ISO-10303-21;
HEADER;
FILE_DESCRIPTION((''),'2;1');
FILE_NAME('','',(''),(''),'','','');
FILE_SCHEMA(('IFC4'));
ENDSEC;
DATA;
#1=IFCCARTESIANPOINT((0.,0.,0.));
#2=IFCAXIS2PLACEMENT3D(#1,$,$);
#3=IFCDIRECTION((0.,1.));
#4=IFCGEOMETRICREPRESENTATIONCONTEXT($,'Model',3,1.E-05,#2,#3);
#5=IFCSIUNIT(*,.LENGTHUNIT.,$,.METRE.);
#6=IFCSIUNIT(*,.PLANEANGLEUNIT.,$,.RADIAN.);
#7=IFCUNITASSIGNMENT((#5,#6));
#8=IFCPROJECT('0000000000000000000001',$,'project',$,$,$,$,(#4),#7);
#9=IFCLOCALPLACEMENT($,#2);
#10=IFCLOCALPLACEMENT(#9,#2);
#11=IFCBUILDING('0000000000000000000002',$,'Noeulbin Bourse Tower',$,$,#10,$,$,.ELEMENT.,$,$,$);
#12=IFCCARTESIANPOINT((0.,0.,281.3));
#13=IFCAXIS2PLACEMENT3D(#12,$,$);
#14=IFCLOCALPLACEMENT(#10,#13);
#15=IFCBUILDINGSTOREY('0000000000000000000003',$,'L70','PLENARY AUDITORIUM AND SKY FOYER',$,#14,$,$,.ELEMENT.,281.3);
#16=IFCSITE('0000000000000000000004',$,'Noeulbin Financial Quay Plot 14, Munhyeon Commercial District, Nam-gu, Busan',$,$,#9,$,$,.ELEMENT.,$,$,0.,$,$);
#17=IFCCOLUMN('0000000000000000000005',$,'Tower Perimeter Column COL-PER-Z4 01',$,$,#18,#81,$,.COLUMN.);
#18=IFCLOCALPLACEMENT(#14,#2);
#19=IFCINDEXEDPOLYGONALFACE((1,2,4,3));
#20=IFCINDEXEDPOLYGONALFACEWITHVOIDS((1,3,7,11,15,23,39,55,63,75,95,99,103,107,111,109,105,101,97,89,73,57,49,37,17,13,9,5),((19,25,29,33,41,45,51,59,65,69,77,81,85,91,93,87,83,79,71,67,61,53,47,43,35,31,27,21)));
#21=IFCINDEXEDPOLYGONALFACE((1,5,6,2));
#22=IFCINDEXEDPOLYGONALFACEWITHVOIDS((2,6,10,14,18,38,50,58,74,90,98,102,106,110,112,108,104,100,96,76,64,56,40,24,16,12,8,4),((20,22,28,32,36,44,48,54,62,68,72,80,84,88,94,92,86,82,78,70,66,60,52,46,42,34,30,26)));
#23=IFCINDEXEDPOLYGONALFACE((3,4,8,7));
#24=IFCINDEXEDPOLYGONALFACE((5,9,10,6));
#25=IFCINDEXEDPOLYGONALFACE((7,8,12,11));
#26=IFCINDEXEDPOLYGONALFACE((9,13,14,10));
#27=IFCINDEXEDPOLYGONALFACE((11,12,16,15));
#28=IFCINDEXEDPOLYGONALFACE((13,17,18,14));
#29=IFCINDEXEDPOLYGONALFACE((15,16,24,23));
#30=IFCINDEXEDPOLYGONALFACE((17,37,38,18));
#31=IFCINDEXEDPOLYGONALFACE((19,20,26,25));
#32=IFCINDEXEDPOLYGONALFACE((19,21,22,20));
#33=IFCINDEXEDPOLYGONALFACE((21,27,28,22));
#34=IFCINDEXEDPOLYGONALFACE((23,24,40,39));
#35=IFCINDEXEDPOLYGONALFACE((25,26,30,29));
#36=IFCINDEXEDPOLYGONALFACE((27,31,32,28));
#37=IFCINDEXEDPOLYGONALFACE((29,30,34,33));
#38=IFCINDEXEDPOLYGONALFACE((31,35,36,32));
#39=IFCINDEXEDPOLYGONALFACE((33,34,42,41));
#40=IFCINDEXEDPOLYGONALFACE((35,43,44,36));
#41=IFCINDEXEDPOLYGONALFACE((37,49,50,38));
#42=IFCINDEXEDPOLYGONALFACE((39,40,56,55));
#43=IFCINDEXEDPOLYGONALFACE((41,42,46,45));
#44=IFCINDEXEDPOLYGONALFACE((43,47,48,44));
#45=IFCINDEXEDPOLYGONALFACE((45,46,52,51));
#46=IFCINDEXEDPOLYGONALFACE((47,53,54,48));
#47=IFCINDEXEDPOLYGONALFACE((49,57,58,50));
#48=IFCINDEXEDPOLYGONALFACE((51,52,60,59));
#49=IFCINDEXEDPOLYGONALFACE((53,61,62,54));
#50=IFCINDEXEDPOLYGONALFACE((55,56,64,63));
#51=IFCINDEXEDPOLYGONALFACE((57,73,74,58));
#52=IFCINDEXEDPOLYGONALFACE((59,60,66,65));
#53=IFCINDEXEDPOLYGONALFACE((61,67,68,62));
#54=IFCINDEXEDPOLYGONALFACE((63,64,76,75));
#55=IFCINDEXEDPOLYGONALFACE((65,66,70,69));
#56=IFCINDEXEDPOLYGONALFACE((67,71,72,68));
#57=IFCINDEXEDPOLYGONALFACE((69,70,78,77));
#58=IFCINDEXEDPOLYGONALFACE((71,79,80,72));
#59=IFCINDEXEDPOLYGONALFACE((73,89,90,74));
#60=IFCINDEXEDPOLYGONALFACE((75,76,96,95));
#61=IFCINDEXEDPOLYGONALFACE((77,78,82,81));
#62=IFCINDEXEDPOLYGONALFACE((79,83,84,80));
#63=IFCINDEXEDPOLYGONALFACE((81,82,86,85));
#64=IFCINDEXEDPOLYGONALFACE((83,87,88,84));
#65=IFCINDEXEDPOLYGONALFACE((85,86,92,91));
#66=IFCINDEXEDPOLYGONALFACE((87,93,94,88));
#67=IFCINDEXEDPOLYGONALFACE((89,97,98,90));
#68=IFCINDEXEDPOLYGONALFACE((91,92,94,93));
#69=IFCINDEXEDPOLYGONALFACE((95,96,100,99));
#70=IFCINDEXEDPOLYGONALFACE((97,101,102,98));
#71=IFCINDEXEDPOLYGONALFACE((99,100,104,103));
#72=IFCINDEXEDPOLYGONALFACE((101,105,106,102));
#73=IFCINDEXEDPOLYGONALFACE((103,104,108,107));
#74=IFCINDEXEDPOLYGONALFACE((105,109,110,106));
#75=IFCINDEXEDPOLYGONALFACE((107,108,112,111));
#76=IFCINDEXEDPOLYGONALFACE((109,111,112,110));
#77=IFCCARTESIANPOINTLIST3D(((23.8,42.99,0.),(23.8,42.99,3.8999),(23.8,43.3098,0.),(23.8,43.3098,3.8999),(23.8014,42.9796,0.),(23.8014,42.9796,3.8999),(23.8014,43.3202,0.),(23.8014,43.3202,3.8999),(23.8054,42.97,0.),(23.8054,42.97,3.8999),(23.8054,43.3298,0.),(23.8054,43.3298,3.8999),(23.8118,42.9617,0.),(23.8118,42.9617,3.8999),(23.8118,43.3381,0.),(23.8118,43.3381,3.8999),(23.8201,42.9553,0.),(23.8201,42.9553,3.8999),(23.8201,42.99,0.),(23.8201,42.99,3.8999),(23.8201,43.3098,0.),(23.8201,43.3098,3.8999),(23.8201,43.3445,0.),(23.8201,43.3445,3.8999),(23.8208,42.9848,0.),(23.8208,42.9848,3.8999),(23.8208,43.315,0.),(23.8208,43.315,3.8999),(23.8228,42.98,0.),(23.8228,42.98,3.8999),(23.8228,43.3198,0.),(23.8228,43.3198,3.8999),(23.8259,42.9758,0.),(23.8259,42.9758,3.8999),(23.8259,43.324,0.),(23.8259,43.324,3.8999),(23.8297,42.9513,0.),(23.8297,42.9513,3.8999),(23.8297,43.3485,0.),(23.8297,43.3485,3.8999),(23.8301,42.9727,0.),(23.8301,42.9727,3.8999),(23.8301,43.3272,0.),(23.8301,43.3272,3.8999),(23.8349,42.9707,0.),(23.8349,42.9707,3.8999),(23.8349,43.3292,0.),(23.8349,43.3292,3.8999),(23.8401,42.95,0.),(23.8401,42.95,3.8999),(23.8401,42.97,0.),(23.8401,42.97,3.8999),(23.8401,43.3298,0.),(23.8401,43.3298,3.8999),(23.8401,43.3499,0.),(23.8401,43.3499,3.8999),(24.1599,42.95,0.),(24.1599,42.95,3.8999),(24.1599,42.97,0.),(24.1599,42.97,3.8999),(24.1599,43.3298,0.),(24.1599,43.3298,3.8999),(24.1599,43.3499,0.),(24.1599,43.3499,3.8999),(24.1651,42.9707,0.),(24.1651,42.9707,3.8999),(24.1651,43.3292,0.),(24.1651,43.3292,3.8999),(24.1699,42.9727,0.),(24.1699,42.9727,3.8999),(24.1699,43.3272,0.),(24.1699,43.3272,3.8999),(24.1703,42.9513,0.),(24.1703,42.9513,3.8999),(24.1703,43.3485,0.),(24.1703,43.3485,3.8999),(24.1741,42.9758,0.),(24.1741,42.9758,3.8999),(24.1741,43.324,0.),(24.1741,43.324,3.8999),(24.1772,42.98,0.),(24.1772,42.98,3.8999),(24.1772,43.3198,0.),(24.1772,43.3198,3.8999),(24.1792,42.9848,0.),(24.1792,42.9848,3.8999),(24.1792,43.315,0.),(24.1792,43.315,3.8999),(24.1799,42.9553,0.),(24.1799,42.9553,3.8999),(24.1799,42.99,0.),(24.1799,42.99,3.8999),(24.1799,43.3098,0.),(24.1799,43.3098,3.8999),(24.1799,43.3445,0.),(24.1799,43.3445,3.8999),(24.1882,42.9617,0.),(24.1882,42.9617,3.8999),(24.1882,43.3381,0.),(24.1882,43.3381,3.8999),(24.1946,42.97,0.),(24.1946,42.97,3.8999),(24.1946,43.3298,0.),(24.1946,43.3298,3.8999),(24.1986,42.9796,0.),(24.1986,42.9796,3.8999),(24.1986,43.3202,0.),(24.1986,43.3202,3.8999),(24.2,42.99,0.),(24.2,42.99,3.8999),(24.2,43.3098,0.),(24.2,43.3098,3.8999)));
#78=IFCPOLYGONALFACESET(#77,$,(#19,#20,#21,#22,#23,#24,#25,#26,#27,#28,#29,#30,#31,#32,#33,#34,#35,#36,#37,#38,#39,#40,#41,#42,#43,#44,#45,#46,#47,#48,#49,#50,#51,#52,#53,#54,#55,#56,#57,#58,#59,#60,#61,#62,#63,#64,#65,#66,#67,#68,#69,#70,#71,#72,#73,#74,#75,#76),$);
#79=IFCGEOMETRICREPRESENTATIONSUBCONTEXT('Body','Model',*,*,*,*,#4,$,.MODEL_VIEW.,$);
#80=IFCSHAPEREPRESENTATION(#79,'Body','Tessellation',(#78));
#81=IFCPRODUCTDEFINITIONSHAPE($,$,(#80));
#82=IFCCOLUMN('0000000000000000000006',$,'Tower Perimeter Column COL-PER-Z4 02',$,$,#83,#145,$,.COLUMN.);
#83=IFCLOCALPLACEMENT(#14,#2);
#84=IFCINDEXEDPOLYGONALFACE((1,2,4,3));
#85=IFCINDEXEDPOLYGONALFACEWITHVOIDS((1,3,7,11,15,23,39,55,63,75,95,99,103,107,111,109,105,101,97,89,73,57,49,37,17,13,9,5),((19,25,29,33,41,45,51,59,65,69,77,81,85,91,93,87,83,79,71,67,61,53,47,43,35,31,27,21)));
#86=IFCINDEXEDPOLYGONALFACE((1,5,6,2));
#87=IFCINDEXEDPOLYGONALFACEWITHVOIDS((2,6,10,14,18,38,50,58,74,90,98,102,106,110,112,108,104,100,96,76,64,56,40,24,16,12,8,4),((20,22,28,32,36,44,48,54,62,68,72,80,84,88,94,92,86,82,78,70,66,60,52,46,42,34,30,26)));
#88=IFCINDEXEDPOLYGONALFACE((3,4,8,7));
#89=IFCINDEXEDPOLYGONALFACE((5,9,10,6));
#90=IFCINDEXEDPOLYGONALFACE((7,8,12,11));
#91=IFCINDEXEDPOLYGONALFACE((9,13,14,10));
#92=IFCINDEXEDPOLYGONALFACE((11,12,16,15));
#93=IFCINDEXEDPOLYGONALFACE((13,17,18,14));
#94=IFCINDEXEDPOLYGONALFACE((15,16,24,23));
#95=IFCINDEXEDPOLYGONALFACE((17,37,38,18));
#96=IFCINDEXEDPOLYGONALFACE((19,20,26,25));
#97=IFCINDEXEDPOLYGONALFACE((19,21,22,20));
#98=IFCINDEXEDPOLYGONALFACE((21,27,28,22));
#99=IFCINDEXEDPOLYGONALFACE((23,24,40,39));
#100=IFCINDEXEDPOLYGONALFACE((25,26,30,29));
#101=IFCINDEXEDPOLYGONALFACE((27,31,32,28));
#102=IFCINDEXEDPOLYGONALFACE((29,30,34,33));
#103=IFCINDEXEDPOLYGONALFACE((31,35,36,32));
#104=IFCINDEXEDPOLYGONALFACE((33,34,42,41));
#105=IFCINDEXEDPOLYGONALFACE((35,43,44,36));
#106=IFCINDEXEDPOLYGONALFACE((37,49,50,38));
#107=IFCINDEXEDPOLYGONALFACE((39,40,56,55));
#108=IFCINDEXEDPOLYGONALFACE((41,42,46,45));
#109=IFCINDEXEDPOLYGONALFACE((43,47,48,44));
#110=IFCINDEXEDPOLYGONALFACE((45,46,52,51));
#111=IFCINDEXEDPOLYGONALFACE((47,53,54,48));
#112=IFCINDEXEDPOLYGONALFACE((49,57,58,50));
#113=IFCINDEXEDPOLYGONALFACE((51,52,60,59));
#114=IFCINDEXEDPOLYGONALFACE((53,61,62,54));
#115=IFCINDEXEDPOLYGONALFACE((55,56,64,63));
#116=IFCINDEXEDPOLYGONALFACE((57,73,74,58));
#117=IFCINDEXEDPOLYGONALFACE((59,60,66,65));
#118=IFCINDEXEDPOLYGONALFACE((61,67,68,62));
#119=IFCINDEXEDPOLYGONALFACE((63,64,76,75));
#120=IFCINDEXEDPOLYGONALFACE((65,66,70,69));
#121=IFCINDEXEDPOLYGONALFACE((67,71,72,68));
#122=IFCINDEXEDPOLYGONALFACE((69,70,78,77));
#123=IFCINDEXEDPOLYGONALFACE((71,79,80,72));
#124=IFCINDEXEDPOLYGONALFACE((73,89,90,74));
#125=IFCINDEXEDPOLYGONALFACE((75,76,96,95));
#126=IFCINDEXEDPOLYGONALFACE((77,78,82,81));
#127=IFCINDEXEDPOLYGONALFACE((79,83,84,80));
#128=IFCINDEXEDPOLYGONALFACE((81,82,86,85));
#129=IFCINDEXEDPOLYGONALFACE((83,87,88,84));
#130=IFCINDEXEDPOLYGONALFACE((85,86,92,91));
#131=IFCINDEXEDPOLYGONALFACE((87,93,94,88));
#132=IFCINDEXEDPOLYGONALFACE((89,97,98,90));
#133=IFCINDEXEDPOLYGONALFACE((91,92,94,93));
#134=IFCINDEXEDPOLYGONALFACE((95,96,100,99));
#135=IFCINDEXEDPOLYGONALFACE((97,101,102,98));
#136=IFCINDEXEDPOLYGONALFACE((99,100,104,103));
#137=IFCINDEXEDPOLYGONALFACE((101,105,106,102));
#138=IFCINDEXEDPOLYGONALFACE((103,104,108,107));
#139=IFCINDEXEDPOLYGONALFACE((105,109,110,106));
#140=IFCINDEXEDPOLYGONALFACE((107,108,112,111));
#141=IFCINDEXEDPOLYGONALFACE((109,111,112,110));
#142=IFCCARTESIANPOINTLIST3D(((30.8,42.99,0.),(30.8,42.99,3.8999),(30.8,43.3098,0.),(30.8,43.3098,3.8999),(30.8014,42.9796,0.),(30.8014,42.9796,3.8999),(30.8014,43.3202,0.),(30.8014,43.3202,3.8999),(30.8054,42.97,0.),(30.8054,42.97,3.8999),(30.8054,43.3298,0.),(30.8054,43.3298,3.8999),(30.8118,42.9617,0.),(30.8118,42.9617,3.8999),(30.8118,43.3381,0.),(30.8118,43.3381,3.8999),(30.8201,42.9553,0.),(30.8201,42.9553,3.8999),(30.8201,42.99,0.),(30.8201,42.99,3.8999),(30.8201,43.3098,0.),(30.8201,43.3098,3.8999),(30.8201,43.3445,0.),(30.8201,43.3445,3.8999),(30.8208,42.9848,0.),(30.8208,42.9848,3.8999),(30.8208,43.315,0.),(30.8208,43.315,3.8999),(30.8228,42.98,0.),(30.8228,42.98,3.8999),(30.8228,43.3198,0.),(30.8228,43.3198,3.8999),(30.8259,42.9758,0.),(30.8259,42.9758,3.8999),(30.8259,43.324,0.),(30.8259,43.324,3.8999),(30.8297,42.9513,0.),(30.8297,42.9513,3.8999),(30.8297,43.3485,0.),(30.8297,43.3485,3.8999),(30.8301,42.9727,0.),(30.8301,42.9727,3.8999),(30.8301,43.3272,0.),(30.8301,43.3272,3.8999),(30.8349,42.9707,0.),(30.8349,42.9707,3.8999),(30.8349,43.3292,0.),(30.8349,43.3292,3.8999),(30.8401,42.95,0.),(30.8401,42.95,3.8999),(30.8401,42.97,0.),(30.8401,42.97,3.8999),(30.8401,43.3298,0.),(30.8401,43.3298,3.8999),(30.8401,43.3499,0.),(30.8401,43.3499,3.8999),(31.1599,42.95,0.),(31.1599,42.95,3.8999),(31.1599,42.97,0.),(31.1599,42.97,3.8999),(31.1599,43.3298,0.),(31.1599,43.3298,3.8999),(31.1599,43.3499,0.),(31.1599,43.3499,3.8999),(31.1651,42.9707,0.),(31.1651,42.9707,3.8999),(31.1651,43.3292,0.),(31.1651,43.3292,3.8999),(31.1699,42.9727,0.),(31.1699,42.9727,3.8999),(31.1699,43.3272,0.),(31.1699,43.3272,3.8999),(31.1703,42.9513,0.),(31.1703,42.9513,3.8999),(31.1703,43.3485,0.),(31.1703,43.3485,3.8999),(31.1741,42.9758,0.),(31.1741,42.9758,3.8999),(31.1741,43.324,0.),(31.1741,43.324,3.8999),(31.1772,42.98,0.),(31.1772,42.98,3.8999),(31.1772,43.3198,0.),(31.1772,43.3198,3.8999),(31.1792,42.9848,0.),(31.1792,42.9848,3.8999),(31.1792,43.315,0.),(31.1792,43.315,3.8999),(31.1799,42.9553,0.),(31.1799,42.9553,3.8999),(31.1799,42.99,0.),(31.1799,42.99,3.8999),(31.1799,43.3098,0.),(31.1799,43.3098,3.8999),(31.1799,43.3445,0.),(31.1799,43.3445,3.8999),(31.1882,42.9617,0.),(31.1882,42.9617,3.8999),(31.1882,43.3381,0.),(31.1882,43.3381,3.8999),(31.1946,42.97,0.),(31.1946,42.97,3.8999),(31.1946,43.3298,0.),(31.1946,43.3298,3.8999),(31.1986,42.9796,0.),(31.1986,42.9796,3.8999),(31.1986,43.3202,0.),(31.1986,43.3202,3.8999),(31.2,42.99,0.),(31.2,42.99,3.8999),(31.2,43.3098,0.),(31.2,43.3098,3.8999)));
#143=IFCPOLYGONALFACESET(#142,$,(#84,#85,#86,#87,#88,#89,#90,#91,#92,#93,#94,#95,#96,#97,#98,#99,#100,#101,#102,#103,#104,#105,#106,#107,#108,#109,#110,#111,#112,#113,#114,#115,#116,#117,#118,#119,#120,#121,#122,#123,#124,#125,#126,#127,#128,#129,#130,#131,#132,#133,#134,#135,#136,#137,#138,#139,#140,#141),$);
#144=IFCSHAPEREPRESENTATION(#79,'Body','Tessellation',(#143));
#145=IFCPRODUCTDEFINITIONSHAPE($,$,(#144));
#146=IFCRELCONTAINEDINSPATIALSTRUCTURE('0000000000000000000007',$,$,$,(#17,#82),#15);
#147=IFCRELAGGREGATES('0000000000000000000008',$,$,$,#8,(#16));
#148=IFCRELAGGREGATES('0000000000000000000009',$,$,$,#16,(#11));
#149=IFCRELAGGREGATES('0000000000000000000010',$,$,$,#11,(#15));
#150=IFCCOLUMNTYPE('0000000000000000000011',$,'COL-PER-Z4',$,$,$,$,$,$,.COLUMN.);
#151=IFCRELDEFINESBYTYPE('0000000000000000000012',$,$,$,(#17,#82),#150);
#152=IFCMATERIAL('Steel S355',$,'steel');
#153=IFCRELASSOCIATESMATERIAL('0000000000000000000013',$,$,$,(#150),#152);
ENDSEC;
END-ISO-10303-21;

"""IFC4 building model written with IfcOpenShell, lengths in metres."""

from ifc_helpers import new_model, si_unit, direction, frame, origin, origin_2d, place, context, subcontext, project, spatial, hollow_rectangle, extrude, material, material_profile, profile_set, type_object, element, save


model = new_model("IFC4")

# Units and contexts
model_context = context("Model", 3, precision=1e-05, world=origin(), true_north=direction((0.0, 1.0)))
body_context = subcontext(model_context, "Body", "Model", "MODEL_VIEW")
ifc_project = project(units=[si_unit("LENGTHUNIT", "METRE"), si_unit("PLANEANGLEUNIT", "RADIAN")], contexts=[model_context])

# Site, building, storey
site_placement = place(None, origin())
site = spatial("IfcSite", under=ifc_project, at=site_placement, Name="Noeulbin Financial Quay Plot 14, Munhyeon Commercial District, Nam-gu, Busan", CompositionType="ELEMENT", RefElevation=0.0)
building_placement = place(site_placement, origin())
building = spatial("IfcBuilding", under=site, at=building_placement, Name="Noeulbin Bourse Tower", CompositionType="ELEMENT")
storey_placement = place(building_placement, frame((0.0, 0.0, 281.3)))
storey = spatial("IfcBuildingStorey", under=building, at=storey_placement, Name="L70", Description="PLENARY AUDITORIUM AND SKY FOYER", CompositionType="ELEMENT", Elevation=281.3)

# Columns
ifc_material_1 = material(Name="Steel S355", Category="steel")
ifc_material_profile_1 = material_profile(ifc_material_1, hollow_rectangle(XDim=0.3999, YDim=0.3999, WallThickness=0.02, InnerFilletRadius=0.02, OuterFilletRadius=0.04, at=origin_2d()), Name="SHS-400x400x20", Category="LoadBearing")
ifc_profile_set_1 = profile_set([ifc_material_profile_1], Name="Steel S355")
column_type_1 = type_object("IfcColumnType", Name="COL-PER-Z4", PredefinedType="COLUMN", material=ifc_profile_set_1)
for number, where, z_axis, x_axis, name in (
    (1, (24.0, 43.1499, 0.0), (0.0, 0.0, 1.0), (1.0, 0.0, 0.0), "Tower Perimeter Column COL-PER-Z4 01"),
    (2, (31.0, 43.1499, 0.0), (0.0, 0.0, 1.0), (1.0, 0.0, 0.0), "Tower Perimeter Column COL-PER-Z4 02"),
):
    element("IfcColumn", number, at=place(storey_placement, frame(where, z_axis=z_axis, x_axis=x_axis)), inside=storey, type_object=column_type_1, Name=name, PredefinedType="COLUMN", context=body_context, shape_type="SweptSolid", body=[
        extrude(hollow_rectangle(XDim=0.3999, YDim=0.3999, WallThickness=0.02, InnerFilletRadius=0.02, OuterFilletRadius=0.04, at=origin_2d()), origin(), (0.0, 0.0, 1.0), 3.8999),
    ])

save(model, "model.ifc")
